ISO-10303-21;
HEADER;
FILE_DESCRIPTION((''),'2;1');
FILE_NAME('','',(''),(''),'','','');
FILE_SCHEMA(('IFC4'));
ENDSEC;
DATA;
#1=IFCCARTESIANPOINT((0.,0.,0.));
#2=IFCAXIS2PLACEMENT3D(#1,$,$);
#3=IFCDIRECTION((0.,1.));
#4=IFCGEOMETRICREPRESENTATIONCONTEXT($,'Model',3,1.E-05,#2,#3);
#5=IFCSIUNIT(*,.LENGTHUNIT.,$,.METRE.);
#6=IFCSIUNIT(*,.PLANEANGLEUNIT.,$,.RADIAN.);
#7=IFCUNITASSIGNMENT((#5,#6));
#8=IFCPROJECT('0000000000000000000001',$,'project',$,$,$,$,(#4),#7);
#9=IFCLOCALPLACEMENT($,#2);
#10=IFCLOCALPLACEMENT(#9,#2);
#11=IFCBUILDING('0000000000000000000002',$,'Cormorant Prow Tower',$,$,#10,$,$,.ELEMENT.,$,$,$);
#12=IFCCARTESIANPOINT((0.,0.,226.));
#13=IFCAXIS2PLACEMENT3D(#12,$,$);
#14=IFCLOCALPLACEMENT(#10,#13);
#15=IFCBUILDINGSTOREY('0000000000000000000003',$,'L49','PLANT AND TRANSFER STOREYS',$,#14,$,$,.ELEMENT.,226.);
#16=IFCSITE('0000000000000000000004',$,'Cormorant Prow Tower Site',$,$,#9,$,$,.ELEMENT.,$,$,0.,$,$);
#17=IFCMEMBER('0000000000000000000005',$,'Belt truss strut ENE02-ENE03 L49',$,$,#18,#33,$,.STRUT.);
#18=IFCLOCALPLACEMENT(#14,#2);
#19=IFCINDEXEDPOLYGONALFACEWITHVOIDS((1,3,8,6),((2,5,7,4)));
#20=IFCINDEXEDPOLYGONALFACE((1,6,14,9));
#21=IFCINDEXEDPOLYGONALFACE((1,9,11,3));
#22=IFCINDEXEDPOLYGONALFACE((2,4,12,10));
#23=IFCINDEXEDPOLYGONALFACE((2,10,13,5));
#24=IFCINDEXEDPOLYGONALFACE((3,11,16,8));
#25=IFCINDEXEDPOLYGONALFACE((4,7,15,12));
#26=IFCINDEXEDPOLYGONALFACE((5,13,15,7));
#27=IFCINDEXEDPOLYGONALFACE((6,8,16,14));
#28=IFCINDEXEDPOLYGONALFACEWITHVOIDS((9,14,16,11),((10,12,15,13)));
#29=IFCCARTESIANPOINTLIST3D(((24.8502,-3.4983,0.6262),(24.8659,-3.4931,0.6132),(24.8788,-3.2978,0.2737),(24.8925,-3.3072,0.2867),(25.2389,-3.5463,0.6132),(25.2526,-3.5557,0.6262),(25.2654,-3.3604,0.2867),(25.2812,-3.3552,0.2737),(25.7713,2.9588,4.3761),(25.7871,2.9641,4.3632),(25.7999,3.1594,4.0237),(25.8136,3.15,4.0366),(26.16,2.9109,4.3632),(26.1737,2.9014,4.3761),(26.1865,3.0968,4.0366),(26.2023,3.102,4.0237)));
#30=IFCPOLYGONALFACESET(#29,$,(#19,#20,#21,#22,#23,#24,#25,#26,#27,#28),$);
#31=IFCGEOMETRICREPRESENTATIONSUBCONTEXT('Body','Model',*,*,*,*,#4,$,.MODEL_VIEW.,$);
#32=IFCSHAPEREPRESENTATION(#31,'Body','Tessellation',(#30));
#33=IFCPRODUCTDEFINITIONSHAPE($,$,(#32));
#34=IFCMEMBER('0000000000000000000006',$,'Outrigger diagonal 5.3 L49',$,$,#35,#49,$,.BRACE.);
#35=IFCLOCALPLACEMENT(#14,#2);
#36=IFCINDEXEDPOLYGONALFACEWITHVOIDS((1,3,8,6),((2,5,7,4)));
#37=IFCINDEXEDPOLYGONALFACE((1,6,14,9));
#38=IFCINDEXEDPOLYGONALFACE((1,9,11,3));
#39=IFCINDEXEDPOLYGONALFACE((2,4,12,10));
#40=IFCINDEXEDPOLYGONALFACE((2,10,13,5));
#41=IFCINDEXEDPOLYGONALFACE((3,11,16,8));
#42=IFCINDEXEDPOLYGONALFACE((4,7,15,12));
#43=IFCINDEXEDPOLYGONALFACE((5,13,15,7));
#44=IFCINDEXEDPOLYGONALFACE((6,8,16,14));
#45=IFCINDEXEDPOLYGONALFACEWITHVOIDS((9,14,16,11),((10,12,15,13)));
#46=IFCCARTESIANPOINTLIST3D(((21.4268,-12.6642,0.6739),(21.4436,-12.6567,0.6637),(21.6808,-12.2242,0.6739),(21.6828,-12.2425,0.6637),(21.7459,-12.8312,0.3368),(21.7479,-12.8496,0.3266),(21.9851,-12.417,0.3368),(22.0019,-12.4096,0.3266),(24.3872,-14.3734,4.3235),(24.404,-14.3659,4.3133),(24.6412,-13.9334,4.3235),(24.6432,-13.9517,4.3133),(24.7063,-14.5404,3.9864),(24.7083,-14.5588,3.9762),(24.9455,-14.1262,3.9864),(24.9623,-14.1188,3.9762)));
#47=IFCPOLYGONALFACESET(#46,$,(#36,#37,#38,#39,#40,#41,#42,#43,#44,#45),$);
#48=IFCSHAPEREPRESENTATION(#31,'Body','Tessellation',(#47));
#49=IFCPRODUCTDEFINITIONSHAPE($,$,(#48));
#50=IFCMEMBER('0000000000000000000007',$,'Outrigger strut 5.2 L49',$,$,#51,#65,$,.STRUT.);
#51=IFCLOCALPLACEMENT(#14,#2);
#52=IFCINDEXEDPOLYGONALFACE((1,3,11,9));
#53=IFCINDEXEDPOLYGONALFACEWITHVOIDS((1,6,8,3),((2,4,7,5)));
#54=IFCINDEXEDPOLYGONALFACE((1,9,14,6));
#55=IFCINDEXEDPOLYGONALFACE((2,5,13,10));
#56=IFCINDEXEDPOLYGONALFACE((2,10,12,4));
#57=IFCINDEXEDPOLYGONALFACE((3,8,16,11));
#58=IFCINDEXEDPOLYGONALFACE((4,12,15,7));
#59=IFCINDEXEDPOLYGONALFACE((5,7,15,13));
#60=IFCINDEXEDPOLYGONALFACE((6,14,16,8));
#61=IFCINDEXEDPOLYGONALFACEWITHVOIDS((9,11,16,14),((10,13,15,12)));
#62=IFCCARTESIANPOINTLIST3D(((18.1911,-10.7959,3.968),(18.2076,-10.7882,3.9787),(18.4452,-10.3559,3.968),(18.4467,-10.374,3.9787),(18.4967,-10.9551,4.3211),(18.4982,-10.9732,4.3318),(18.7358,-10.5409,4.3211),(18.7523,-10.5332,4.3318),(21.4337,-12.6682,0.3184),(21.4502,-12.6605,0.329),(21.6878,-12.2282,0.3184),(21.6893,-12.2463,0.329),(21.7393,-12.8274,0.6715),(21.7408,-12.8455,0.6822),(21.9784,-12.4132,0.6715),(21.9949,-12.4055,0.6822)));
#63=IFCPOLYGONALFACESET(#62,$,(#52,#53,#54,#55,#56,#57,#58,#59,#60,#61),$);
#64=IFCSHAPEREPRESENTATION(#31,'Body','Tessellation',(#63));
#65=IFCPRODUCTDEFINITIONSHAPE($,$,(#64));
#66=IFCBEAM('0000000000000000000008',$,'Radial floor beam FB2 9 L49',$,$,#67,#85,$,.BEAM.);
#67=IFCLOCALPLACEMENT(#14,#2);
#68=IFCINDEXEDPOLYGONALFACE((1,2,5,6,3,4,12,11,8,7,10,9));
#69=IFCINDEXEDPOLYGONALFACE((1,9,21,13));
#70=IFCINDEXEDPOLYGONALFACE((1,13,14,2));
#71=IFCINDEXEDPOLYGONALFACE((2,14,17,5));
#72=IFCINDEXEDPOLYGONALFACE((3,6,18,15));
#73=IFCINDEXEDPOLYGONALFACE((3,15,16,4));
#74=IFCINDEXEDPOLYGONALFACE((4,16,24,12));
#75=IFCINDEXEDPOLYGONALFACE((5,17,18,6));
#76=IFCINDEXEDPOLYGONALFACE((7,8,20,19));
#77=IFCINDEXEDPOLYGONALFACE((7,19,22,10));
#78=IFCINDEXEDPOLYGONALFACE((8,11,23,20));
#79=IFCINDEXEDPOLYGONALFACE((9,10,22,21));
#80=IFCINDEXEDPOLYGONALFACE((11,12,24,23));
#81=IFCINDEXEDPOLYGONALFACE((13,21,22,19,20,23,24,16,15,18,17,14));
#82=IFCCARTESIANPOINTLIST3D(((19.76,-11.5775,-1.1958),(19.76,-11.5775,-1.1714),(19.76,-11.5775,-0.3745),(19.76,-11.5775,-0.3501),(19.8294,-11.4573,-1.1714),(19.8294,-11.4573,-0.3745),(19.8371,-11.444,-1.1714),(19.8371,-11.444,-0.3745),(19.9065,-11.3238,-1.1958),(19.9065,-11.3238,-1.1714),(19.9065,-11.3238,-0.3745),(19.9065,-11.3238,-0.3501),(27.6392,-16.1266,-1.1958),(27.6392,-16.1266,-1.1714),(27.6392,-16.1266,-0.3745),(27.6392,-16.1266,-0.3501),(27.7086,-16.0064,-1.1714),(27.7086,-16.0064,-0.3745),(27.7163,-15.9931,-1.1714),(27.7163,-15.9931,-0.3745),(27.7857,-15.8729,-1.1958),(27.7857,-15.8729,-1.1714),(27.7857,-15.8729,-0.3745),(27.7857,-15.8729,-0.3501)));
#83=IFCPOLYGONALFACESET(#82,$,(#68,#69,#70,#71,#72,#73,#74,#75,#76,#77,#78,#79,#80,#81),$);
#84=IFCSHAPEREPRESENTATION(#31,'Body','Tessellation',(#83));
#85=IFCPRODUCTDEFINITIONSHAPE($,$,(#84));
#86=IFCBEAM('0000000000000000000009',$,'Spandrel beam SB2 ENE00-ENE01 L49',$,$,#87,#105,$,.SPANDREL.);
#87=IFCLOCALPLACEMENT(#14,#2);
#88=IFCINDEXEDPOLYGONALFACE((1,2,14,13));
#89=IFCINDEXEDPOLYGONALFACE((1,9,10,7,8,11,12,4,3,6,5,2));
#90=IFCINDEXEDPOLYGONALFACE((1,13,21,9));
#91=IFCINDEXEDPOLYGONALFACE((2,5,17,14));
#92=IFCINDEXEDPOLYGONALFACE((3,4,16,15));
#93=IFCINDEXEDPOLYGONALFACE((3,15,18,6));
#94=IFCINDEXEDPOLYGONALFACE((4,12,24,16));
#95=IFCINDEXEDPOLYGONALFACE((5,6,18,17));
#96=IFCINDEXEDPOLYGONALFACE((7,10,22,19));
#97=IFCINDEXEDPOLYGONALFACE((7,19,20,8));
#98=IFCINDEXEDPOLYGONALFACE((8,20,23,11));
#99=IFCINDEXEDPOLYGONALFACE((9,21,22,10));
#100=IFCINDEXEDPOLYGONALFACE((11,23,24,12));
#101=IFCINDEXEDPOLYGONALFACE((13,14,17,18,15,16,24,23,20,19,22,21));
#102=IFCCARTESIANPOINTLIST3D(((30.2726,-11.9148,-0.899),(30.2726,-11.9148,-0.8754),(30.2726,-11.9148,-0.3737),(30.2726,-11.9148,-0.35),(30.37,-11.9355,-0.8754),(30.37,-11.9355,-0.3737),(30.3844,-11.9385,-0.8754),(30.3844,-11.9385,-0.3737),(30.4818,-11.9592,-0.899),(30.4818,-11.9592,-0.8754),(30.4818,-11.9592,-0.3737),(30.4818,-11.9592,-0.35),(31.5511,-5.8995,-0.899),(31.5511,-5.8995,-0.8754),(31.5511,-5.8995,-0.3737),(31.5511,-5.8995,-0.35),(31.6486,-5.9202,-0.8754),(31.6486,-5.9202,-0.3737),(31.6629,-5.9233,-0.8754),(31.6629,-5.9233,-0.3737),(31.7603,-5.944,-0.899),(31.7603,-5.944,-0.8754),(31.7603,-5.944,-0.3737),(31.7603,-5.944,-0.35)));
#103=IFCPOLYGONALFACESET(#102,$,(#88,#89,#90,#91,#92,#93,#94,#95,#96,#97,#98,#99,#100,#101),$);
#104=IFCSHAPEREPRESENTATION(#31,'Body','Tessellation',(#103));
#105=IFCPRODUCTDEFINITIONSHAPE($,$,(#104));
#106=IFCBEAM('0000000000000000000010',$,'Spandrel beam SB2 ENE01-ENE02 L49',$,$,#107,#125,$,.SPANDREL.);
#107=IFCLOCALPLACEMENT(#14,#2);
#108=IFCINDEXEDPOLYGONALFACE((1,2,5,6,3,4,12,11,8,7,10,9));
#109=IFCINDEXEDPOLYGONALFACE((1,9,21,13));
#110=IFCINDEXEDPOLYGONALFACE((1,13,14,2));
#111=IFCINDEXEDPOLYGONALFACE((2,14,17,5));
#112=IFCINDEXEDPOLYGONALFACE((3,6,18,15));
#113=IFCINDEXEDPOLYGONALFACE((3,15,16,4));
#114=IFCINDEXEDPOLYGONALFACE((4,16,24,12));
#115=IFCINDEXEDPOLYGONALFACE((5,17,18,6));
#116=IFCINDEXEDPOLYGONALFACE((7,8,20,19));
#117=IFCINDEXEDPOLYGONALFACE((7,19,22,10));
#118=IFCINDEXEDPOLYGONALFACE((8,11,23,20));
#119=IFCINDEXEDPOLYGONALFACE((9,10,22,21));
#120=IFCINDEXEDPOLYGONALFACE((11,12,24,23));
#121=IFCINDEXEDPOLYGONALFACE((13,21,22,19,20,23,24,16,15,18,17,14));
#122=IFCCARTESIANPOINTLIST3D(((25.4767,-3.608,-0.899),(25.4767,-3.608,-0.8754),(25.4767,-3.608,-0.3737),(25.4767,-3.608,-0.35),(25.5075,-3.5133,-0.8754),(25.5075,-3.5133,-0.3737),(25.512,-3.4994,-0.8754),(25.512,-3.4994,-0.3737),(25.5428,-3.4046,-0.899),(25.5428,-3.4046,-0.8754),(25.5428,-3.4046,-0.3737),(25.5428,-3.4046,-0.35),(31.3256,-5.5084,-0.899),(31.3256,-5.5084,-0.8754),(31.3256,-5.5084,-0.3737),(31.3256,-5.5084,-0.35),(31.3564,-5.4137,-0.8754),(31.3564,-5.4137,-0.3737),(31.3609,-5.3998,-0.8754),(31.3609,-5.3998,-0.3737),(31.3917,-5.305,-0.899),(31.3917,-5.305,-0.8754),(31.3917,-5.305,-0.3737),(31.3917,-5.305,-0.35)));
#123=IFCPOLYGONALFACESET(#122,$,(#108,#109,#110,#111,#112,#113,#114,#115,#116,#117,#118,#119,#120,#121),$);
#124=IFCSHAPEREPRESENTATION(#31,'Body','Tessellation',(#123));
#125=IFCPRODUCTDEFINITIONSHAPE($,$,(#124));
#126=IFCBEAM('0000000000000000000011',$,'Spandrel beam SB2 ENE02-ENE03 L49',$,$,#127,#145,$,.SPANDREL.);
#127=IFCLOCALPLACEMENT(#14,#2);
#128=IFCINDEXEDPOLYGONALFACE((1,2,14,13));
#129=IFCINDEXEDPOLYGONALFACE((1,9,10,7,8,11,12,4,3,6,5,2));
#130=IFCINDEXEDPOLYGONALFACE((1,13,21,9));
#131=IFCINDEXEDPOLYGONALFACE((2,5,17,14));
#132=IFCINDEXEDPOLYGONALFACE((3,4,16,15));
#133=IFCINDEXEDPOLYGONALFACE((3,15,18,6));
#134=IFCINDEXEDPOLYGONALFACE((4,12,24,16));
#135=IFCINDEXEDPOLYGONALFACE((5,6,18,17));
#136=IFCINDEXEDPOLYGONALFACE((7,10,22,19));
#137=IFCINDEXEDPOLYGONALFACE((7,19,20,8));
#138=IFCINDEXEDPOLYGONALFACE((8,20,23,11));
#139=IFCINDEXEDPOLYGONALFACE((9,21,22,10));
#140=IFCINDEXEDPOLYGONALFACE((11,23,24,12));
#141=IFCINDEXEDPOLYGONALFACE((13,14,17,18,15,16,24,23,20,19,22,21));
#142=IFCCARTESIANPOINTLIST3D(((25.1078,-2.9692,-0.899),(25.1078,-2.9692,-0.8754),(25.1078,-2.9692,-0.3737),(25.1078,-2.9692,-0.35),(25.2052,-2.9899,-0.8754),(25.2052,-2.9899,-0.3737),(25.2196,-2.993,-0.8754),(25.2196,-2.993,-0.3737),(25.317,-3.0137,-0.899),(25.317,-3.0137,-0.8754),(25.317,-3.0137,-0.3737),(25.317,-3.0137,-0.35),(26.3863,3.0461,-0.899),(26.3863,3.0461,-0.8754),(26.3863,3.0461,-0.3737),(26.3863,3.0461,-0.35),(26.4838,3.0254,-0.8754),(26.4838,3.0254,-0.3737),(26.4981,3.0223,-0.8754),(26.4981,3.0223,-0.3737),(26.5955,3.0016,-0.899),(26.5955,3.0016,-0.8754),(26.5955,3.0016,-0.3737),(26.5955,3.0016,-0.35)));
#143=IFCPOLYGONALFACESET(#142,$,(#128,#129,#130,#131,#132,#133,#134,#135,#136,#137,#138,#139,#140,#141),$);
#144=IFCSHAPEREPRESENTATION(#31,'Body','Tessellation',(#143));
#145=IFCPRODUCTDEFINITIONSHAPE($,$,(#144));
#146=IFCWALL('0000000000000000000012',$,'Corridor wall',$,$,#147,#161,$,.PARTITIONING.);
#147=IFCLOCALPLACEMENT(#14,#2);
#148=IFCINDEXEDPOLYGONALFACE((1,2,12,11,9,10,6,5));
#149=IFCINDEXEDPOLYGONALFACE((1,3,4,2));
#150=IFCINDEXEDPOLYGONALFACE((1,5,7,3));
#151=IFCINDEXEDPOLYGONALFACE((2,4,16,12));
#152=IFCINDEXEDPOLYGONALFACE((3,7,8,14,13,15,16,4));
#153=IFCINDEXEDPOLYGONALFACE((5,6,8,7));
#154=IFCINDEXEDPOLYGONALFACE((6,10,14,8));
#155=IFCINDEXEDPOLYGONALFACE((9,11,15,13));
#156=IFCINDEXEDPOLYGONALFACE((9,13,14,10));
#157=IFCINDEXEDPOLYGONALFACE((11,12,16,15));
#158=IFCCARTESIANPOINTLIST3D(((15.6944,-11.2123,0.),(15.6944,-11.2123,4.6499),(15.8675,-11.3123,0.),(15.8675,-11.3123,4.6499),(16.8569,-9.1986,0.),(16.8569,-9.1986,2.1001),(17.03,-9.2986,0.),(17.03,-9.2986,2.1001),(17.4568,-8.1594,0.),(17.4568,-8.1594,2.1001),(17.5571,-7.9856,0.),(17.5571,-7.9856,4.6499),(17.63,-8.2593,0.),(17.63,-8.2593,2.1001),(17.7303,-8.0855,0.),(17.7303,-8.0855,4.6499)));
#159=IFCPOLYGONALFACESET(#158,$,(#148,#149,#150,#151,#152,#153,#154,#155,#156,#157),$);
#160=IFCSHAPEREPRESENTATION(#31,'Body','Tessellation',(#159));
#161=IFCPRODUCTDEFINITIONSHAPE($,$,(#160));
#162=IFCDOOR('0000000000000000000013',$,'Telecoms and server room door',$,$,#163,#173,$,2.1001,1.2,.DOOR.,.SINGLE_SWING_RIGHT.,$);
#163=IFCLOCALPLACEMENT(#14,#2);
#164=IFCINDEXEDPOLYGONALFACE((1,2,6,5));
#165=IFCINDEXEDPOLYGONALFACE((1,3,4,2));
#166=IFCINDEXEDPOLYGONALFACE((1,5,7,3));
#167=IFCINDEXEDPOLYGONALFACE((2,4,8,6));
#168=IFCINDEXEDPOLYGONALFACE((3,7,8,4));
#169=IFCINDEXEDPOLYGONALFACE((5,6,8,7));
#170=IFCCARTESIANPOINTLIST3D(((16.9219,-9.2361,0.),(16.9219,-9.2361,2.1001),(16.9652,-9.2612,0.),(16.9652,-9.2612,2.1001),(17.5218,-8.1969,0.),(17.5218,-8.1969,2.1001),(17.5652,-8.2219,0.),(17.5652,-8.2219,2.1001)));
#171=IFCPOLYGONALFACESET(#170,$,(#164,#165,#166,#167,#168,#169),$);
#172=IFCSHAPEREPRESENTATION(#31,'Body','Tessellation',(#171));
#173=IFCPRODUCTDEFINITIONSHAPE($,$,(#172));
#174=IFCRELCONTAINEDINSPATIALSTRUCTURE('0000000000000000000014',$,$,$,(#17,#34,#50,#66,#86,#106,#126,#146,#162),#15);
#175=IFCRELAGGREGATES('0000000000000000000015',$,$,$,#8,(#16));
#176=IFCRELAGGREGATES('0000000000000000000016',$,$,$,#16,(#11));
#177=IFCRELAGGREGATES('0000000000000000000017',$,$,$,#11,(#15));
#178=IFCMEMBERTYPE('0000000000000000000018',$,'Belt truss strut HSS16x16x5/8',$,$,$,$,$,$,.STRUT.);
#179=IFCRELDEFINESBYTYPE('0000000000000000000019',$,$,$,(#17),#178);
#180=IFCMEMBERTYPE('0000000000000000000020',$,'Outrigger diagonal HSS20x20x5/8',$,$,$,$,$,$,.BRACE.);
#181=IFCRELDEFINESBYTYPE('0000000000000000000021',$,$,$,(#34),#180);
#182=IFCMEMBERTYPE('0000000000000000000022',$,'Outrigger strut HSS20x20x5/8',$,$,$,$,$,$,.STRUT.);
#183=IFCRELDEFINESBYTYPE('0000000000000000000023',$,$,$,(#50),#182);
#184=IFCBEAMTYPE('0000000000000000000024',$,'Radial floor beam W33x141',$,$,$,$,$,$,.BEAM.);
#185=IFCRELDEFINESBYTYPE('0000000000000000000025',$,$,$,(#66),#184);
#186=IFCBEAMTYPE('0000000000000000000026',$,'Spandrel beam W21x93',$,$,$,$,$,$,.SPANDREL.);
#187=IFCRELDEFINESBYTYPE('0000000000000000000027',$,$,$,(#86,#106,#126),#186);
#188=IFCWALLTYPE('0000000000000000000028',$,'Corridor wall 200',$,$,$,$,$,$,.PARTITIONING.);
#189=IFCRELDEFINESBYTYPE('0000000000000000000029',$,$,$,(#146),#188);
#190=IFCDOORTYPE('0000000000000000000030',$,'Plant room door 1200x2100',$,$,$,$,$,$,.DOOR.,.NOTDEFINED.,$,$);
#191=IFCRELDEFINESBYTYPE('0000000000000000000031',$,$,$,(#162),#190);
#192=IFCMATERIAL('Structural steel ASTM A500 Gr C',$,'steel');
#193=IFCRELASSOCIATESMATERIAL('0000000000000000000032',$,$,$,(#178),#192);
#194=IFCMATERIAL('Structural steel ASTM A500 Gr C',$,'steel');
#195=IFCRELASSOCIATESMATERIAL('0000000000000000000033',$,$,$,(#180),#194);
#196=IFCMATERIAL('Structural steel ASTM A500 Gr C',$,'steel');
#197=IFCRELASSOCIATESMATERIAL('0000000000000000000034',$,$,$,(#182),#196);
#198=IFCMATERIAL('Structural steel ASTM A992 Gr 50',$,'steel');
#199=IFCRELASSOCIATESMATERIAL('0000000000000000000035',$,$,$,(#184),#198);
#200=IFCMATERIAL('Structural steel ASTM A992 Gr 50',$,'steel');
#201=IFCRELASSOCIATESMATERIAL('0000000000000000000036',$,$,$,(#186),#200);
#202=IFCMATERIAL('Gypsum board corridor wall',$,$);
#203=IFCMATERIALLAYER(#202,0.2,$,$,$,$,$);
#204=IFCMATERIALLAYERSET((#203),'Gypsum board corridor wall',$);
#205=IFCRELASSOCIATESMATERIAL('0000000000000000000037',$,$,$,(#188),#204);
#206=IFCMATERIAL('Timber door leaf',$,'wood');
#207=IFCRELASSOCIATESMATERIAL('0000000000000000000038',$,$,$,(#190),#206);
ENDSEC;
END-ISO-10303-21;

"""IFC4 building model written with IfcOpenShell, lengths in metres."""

from ifc_helpers import new_model, si_unit, direction, frame, frame_2d, origin, origin_2d, place, context, subcontext, project, spatial, rectangle, hollow_rectangle, i_section, extrude, material, layer, layer_set, material_profile, profile_set, type_object, element, fill, save


model = new_model("IFC4")

# Units and contexts
model_context = context("Model", 3, precision=1e-05, world=origin(), true_north=direction((0.0, 1.0)))
body_context = subcontext(model_context, "Body", "Model", "MODEL_VIEW")
ifc_project = project(units=[si_unit("LENGTHUNIT", "METRE"), si_unit("PLANEANGLEUNIT", "RADIAN")], contexts=[model_context])

# Site, building, storey
site_placement = place(None, origin())
site = spatial("IfcSite", under=ifc_project, at=site_placement, Name="Cormorant Prow Tower Site", CompositionType="ELEMENT", RefElevation=0.0)
building_placement = place(site_placement, origin())
building = spatial("IfcBuilding", under=site, at=building_placement, Name="Cormorant Prow Tower", CompositionType="ELEMENT")
storey_placement = place(building_placement, frame((0.0, 0.0, 226.0)))
storey = spatial("IfcBuildingStorey", under=building, at=storey_placement, Name="L49", Description="PLANT AND TRANSFER STOREYS", CompositionType="ELEMENT", Elevation=226.0)

# Members
ifc_material_1 = material(Name="Structural steel ASTM A500 Gr C", Category="steel")
ifc_material_profile_1 = material_profile(ifc_material_1, hollow_rectangle(XDim=0.4065, YDim=0.4065, WallThickness=0.0149, at=origin_2d()), Name="HSS16x16x5/8")
ifc_profile_set_1 = profile_set([ifc_material_profile_1], Name="Structural steel ASTM A500 Gr C")
member_type_1 = type_object("IfcMemberType", Name="Belt truss strut HSS16x16x5/8", PredefinedType="STRUT", material=ifc_profile_set_1)
member_1_placement = place(storey_placement, frame((25.0657, -3.4268, 0.45), z_axis=(0.122431, 0.858248, 0.498419), x_axis=(-0.989978, 0.141222, 0.0)))
element("IfcMember", 1, at=member_1_placement, inside=storey, type_object=member_type_1, Name="Belt truss strut ENE02-ENE03 L49", PredefinedType="STRUT", context=body_context, shape_type="SweptSolid", body=[
    extrude(hollow_rectangle(XDim=0.4065, YDim=0.4065, WallThickness=0.0149, at=origin_2d()), origin(), (0.0, 0.0, 1.0), 7.5237),
])
ifc_material_2 = material(Name="Structural steel ASTM A500 Gr C", Category="steel")
ifc_material_profile_2 = material_profile(ifc_material_2, hollow_rectangle(XDim=0.5081, YDim=0.5081, WallThickness=0.0149, at=origin_2d()), Name="HSS20x20x5/8")
ifc_profile_set_2 = profile_set([ifc_material_profile_2], Name="Structural steel ASTM A500 Gr C")
member_type_2 = type_object("IfcMemberType", Name="Outrigger diagonal HSS20x20x5/8", PredefinedType="BRACE", material=ifc_profile_set_2)
member_2_placement = place(storey_placement, frame((21.7144, -12.5369, 0.5002), z_axis=(0.592022, -0.341807, 0.729848), x_axis=(0.500003, 0.866024, 0.0)))
element("IfcMember", 2, at=member_2_placement, inside=storey, type_object=member_type_2, Name="Outrigger diagonal 5.3 L49", PredefinedType="BRACE", context=body_context, shape_type="SweptSolid", body=[
    extrude(hollow_rectangle(XDim=0.5081, YDim=0.5081, WallThickness=0.0149, at=origin_2d()), origin(), (0.0, 0.0, 1.0), 5.0005),
])
ifc_material_3 = material(Name="Structural steel ASTM A500 Gr C", Category="steel")
ifc_material_profile_3 = material_profile(ifc_material_3, hollow_rectangle(XDim=0.5081, YDim=0.5081, WallThickness=0.0149, at=origin_2d()), Name="HSS20x20x5/8")
ifc_profile_set_3 = profile_set([ifc_material_profile_3], Name="Structural steel ASTM A500 Gr C")
member_type_3 = type_object("IfcMemberType", Name="Outrigger strut HSS20x20x5/8", PredefinedType="STRUT", material=ifc_profile_set_3)
member_3_placement = place(storey_placement, frame((18.4717, -10.6646, 4.1499), z_axis=(0.620155, -0.358076, -0.697989), x_axis=(0.500031, 0.866008, 0.0)))
element("IfcMember", 3, at=member_3_placement, inside=storey, type_object=member_type_3, Name="Outrigger strut 5.2 L49", PredefinedType="STRUT", context=body_context, shape_type="SweptSolid", body=[
    extrude(hollow_rectangle(XDim=0.5081, YDim=0.5081, WallThickness=0.0149, at=origin_2d()), origin(), (0.0, 0.0, 1.0), 5.2288),
])

# Beams
ifc_material_4 = material(Name="Structural steel ASTM A992 Gr 50", Category="steel")
ifc_material_profile_4 = material_profile(ifc_material_4, i_section(OverallWidth=0.293, OverallDepth=0.8457, WebThickness=0.0154, FlangeThickness=0.0244, at=origin_2d()), Name="W33x141")
ifc_profile_set_4 = profile_set([ifc_material_profile_4], Name="Structural steel ASTM A992 Gr 50")
beam_type_1 = type_object("IfcBeamType", Name="Radial floor beam W33x141", PredefinedType="BEAM", material=ifc_profile_set_4)
beam_1_placement = place(storey_placement, frame((19.8333, -11.4507, -0.7729), z_axis=(0.866023, -0.500004, 0.0), x_axis=(0.500004, 0.866023, 0.0)))
element("IfcBeam", 4, at=beam_1_placement, inside=storey, type_object=beam_type_1, Name="Radial floor beam FB2 9 L49", PredefinedType="BEAM", context=body_context, shape_type="SweptSolid", body=[
    extrude(i_section(OverallWidth=0.293, OverallDepth=0.8457, WebThickness=0.0154, FlangeThickness=0.0244, at=origin_2d()), origin(), (0.0, 0.0, 1.0), 9.0981),
])
ifc_material_5 = material(Name="Structural steel ASTM A992 Gr 50", Category="steel")
ifc_material_profile_5 = material_profile(ifc_material_5, i_section(OverallWidth=0.2139, OverallDepth=0.5491, WebThickness=0.0146, FlangeThickness=0.0237, at=origin_2d()), Name="W21x93")
ifc_profile_set_5 = profile_set([ifc_material_profile_5], Name="Structural steel ASTM A992 Gr 50")
beam_type_2 = type_object("IfcBeamType", Name="Spandrel beam W21x93", PredefinedType="SPANDREL", material=ifc_profile_set_5)
beam_2_placement = place(storey_placement, frame((30.3772, -11.937, -0.6245), z_axis=(0.207905, 0.978149, 0.0), x_axis=(-0.978149, 0.207905, 0.0)))
element("IfcBeam", 5, at=beam_2_placement, inside=storey, type_object=beam_type_2, Name="Spandrel beam SB2 ENE00-ENE01 L49", PredefinedType="SPANDREL", context=body_context, shape_type="SweptSolid", body=[
    extrude(i_section(OverallWidth=0.2139, OverallDepth=0.5491, WebThickness=0.0146, FlangeThickness=0.0237, at=origin_2d()), origin(), (0.0, 0.0, 1.0), 6.1497),
])
beam_3_placement = place(storey_placement, frame((31.3586, -5.4067, -0.6245), z_axis=(-0.951058, 0.309013, 0.0), x_axis=(-0.309013, -0.951058, 0.0)))
element("IfcBeam", 6, at=beam_3_placement, inside=storey, type_object=beam_type_2, Name="Spandrel beam SB2 ENE01-ENE02 L49", PredefinedType="SPANDREL", context=body_context, shape_type="SweptSolid", body=[
    extrude(i_section(OverallWidth=0.2139, OverallDepth=0.5491, WebThickness=0.0146, FlangeThickness=0.0237, at=origin_2d()), origin(), (0.0, 0.0, 1.0), 6.1499),
])
beam_4_placement = place(storey_placement, frame((25.2124, -2.9915, -0.6245), z_axis=(0.207905, 0.978149, 0.0), x_axis=(-0.978149, 0.207905, 0.0)))
element("IfcBeam", 7, at=beam_4_placement, inside=storey, type_object=beam_type_2, Name="Spandrel beam SB2 ENE02-ENE03 L49", PredefinedType="SPANDREL", context=body_context, shape_type="SweptSolid", body=[
    extrude(i_section(OverallWidth=0.2139, OverallDepth=0.5491, WebThickness=0.0146, FlangeThickness=0.0237, at=origin_2d()), origin(), (0.0, 0.0, 1.0), 6.1497),
])

# Wall, opening, door
ifc_material_6 = material(Name="Gypsum board corridor wall")
ifc_layer_1 = layer(ifc_material_6, 0.2)
ifc_layer_set_1 = layer_set([ifc_layer_1], Name="Gypsum board corridor wall")
wall_type_1 = type_object("IfcWallType", Name="Corridor wall 200", PredefinedType="PARTITIONING", material=ifc_layer_set_1)
wall_1_placement = place(storey_placement, frame((15.781, -11.2622, 0.0), z_axis=(0.0, 0.0, 1.0), x_axis=(0.499959, 0.866049, 0.0)))
wall_1 = element("IfcWall", 8, at=wall_1_placement, inside=storey, type_object=wall_type_1, Name="Corridor wall", PredefinedType="PARTITIONING", context=body_context, shape_type="SweptSolid", body=[
    extrude(rectangle(XDim=3.7258, YDim=0.2, at=frame_2d((1.8628, 0.0))), origin(), (0.0, 0.0, 1.0), 4.6499),
])
opening_placement = place(wall_1_placement, frame((2.325, 0.0, 0.0)))
opening = element("IfcOpeningElement", 9, at=opening_placement, cuts=wall_1, PredefinedType="OPENING", context=body_context, shape_type="SweptSolid", body=[
    extrude(rectangle(XDim=1.2, YDim=2.1001, at=frame_2d((0.6001, 1.05))), frame((0.0, 0.1099, 0.0), z_axis=(0.0, -1.0, 0.0), x_axis=(1.0, 0.0, 0.0)), (0.0, 0.0, 1.0), 0.22),
])
ifc_material_7 = material(Name="Timber door leaf", Category="wood")
door_type = type_object("IfcDoorType", Name="Plant room door 1200x2100", OperationType="NOTDEFINED", PredefinedType="DOOR", material=ifc_material_7)
door_placement = place(opening_placement, origin())
door = element("IfcDoor", 10, at=door_placement, inside=storey, type_object=door_type, Name="Telecoms and server room door", OperationType="SINGLE_SWING_RIGHT", OverallHeight=2.1001, OverallWidth=1.2, PredefinedType="DOOR", context=body_context, shape_type="SweptSolid", body=[
    extrude(rectangle(XDim=1.2, YDim=2.1001, at=frame_2d((0.6001, 1.05))), frame((0.0, 0.0249, 0.0), z_axis=(0.0, -1.0, 0.0), x_axis=(1.0, 0.0, 0.0)), (0.0, 0.0, 1.0), 0.05),
])
fill(opening, door)

save(model, "model.ifc")
